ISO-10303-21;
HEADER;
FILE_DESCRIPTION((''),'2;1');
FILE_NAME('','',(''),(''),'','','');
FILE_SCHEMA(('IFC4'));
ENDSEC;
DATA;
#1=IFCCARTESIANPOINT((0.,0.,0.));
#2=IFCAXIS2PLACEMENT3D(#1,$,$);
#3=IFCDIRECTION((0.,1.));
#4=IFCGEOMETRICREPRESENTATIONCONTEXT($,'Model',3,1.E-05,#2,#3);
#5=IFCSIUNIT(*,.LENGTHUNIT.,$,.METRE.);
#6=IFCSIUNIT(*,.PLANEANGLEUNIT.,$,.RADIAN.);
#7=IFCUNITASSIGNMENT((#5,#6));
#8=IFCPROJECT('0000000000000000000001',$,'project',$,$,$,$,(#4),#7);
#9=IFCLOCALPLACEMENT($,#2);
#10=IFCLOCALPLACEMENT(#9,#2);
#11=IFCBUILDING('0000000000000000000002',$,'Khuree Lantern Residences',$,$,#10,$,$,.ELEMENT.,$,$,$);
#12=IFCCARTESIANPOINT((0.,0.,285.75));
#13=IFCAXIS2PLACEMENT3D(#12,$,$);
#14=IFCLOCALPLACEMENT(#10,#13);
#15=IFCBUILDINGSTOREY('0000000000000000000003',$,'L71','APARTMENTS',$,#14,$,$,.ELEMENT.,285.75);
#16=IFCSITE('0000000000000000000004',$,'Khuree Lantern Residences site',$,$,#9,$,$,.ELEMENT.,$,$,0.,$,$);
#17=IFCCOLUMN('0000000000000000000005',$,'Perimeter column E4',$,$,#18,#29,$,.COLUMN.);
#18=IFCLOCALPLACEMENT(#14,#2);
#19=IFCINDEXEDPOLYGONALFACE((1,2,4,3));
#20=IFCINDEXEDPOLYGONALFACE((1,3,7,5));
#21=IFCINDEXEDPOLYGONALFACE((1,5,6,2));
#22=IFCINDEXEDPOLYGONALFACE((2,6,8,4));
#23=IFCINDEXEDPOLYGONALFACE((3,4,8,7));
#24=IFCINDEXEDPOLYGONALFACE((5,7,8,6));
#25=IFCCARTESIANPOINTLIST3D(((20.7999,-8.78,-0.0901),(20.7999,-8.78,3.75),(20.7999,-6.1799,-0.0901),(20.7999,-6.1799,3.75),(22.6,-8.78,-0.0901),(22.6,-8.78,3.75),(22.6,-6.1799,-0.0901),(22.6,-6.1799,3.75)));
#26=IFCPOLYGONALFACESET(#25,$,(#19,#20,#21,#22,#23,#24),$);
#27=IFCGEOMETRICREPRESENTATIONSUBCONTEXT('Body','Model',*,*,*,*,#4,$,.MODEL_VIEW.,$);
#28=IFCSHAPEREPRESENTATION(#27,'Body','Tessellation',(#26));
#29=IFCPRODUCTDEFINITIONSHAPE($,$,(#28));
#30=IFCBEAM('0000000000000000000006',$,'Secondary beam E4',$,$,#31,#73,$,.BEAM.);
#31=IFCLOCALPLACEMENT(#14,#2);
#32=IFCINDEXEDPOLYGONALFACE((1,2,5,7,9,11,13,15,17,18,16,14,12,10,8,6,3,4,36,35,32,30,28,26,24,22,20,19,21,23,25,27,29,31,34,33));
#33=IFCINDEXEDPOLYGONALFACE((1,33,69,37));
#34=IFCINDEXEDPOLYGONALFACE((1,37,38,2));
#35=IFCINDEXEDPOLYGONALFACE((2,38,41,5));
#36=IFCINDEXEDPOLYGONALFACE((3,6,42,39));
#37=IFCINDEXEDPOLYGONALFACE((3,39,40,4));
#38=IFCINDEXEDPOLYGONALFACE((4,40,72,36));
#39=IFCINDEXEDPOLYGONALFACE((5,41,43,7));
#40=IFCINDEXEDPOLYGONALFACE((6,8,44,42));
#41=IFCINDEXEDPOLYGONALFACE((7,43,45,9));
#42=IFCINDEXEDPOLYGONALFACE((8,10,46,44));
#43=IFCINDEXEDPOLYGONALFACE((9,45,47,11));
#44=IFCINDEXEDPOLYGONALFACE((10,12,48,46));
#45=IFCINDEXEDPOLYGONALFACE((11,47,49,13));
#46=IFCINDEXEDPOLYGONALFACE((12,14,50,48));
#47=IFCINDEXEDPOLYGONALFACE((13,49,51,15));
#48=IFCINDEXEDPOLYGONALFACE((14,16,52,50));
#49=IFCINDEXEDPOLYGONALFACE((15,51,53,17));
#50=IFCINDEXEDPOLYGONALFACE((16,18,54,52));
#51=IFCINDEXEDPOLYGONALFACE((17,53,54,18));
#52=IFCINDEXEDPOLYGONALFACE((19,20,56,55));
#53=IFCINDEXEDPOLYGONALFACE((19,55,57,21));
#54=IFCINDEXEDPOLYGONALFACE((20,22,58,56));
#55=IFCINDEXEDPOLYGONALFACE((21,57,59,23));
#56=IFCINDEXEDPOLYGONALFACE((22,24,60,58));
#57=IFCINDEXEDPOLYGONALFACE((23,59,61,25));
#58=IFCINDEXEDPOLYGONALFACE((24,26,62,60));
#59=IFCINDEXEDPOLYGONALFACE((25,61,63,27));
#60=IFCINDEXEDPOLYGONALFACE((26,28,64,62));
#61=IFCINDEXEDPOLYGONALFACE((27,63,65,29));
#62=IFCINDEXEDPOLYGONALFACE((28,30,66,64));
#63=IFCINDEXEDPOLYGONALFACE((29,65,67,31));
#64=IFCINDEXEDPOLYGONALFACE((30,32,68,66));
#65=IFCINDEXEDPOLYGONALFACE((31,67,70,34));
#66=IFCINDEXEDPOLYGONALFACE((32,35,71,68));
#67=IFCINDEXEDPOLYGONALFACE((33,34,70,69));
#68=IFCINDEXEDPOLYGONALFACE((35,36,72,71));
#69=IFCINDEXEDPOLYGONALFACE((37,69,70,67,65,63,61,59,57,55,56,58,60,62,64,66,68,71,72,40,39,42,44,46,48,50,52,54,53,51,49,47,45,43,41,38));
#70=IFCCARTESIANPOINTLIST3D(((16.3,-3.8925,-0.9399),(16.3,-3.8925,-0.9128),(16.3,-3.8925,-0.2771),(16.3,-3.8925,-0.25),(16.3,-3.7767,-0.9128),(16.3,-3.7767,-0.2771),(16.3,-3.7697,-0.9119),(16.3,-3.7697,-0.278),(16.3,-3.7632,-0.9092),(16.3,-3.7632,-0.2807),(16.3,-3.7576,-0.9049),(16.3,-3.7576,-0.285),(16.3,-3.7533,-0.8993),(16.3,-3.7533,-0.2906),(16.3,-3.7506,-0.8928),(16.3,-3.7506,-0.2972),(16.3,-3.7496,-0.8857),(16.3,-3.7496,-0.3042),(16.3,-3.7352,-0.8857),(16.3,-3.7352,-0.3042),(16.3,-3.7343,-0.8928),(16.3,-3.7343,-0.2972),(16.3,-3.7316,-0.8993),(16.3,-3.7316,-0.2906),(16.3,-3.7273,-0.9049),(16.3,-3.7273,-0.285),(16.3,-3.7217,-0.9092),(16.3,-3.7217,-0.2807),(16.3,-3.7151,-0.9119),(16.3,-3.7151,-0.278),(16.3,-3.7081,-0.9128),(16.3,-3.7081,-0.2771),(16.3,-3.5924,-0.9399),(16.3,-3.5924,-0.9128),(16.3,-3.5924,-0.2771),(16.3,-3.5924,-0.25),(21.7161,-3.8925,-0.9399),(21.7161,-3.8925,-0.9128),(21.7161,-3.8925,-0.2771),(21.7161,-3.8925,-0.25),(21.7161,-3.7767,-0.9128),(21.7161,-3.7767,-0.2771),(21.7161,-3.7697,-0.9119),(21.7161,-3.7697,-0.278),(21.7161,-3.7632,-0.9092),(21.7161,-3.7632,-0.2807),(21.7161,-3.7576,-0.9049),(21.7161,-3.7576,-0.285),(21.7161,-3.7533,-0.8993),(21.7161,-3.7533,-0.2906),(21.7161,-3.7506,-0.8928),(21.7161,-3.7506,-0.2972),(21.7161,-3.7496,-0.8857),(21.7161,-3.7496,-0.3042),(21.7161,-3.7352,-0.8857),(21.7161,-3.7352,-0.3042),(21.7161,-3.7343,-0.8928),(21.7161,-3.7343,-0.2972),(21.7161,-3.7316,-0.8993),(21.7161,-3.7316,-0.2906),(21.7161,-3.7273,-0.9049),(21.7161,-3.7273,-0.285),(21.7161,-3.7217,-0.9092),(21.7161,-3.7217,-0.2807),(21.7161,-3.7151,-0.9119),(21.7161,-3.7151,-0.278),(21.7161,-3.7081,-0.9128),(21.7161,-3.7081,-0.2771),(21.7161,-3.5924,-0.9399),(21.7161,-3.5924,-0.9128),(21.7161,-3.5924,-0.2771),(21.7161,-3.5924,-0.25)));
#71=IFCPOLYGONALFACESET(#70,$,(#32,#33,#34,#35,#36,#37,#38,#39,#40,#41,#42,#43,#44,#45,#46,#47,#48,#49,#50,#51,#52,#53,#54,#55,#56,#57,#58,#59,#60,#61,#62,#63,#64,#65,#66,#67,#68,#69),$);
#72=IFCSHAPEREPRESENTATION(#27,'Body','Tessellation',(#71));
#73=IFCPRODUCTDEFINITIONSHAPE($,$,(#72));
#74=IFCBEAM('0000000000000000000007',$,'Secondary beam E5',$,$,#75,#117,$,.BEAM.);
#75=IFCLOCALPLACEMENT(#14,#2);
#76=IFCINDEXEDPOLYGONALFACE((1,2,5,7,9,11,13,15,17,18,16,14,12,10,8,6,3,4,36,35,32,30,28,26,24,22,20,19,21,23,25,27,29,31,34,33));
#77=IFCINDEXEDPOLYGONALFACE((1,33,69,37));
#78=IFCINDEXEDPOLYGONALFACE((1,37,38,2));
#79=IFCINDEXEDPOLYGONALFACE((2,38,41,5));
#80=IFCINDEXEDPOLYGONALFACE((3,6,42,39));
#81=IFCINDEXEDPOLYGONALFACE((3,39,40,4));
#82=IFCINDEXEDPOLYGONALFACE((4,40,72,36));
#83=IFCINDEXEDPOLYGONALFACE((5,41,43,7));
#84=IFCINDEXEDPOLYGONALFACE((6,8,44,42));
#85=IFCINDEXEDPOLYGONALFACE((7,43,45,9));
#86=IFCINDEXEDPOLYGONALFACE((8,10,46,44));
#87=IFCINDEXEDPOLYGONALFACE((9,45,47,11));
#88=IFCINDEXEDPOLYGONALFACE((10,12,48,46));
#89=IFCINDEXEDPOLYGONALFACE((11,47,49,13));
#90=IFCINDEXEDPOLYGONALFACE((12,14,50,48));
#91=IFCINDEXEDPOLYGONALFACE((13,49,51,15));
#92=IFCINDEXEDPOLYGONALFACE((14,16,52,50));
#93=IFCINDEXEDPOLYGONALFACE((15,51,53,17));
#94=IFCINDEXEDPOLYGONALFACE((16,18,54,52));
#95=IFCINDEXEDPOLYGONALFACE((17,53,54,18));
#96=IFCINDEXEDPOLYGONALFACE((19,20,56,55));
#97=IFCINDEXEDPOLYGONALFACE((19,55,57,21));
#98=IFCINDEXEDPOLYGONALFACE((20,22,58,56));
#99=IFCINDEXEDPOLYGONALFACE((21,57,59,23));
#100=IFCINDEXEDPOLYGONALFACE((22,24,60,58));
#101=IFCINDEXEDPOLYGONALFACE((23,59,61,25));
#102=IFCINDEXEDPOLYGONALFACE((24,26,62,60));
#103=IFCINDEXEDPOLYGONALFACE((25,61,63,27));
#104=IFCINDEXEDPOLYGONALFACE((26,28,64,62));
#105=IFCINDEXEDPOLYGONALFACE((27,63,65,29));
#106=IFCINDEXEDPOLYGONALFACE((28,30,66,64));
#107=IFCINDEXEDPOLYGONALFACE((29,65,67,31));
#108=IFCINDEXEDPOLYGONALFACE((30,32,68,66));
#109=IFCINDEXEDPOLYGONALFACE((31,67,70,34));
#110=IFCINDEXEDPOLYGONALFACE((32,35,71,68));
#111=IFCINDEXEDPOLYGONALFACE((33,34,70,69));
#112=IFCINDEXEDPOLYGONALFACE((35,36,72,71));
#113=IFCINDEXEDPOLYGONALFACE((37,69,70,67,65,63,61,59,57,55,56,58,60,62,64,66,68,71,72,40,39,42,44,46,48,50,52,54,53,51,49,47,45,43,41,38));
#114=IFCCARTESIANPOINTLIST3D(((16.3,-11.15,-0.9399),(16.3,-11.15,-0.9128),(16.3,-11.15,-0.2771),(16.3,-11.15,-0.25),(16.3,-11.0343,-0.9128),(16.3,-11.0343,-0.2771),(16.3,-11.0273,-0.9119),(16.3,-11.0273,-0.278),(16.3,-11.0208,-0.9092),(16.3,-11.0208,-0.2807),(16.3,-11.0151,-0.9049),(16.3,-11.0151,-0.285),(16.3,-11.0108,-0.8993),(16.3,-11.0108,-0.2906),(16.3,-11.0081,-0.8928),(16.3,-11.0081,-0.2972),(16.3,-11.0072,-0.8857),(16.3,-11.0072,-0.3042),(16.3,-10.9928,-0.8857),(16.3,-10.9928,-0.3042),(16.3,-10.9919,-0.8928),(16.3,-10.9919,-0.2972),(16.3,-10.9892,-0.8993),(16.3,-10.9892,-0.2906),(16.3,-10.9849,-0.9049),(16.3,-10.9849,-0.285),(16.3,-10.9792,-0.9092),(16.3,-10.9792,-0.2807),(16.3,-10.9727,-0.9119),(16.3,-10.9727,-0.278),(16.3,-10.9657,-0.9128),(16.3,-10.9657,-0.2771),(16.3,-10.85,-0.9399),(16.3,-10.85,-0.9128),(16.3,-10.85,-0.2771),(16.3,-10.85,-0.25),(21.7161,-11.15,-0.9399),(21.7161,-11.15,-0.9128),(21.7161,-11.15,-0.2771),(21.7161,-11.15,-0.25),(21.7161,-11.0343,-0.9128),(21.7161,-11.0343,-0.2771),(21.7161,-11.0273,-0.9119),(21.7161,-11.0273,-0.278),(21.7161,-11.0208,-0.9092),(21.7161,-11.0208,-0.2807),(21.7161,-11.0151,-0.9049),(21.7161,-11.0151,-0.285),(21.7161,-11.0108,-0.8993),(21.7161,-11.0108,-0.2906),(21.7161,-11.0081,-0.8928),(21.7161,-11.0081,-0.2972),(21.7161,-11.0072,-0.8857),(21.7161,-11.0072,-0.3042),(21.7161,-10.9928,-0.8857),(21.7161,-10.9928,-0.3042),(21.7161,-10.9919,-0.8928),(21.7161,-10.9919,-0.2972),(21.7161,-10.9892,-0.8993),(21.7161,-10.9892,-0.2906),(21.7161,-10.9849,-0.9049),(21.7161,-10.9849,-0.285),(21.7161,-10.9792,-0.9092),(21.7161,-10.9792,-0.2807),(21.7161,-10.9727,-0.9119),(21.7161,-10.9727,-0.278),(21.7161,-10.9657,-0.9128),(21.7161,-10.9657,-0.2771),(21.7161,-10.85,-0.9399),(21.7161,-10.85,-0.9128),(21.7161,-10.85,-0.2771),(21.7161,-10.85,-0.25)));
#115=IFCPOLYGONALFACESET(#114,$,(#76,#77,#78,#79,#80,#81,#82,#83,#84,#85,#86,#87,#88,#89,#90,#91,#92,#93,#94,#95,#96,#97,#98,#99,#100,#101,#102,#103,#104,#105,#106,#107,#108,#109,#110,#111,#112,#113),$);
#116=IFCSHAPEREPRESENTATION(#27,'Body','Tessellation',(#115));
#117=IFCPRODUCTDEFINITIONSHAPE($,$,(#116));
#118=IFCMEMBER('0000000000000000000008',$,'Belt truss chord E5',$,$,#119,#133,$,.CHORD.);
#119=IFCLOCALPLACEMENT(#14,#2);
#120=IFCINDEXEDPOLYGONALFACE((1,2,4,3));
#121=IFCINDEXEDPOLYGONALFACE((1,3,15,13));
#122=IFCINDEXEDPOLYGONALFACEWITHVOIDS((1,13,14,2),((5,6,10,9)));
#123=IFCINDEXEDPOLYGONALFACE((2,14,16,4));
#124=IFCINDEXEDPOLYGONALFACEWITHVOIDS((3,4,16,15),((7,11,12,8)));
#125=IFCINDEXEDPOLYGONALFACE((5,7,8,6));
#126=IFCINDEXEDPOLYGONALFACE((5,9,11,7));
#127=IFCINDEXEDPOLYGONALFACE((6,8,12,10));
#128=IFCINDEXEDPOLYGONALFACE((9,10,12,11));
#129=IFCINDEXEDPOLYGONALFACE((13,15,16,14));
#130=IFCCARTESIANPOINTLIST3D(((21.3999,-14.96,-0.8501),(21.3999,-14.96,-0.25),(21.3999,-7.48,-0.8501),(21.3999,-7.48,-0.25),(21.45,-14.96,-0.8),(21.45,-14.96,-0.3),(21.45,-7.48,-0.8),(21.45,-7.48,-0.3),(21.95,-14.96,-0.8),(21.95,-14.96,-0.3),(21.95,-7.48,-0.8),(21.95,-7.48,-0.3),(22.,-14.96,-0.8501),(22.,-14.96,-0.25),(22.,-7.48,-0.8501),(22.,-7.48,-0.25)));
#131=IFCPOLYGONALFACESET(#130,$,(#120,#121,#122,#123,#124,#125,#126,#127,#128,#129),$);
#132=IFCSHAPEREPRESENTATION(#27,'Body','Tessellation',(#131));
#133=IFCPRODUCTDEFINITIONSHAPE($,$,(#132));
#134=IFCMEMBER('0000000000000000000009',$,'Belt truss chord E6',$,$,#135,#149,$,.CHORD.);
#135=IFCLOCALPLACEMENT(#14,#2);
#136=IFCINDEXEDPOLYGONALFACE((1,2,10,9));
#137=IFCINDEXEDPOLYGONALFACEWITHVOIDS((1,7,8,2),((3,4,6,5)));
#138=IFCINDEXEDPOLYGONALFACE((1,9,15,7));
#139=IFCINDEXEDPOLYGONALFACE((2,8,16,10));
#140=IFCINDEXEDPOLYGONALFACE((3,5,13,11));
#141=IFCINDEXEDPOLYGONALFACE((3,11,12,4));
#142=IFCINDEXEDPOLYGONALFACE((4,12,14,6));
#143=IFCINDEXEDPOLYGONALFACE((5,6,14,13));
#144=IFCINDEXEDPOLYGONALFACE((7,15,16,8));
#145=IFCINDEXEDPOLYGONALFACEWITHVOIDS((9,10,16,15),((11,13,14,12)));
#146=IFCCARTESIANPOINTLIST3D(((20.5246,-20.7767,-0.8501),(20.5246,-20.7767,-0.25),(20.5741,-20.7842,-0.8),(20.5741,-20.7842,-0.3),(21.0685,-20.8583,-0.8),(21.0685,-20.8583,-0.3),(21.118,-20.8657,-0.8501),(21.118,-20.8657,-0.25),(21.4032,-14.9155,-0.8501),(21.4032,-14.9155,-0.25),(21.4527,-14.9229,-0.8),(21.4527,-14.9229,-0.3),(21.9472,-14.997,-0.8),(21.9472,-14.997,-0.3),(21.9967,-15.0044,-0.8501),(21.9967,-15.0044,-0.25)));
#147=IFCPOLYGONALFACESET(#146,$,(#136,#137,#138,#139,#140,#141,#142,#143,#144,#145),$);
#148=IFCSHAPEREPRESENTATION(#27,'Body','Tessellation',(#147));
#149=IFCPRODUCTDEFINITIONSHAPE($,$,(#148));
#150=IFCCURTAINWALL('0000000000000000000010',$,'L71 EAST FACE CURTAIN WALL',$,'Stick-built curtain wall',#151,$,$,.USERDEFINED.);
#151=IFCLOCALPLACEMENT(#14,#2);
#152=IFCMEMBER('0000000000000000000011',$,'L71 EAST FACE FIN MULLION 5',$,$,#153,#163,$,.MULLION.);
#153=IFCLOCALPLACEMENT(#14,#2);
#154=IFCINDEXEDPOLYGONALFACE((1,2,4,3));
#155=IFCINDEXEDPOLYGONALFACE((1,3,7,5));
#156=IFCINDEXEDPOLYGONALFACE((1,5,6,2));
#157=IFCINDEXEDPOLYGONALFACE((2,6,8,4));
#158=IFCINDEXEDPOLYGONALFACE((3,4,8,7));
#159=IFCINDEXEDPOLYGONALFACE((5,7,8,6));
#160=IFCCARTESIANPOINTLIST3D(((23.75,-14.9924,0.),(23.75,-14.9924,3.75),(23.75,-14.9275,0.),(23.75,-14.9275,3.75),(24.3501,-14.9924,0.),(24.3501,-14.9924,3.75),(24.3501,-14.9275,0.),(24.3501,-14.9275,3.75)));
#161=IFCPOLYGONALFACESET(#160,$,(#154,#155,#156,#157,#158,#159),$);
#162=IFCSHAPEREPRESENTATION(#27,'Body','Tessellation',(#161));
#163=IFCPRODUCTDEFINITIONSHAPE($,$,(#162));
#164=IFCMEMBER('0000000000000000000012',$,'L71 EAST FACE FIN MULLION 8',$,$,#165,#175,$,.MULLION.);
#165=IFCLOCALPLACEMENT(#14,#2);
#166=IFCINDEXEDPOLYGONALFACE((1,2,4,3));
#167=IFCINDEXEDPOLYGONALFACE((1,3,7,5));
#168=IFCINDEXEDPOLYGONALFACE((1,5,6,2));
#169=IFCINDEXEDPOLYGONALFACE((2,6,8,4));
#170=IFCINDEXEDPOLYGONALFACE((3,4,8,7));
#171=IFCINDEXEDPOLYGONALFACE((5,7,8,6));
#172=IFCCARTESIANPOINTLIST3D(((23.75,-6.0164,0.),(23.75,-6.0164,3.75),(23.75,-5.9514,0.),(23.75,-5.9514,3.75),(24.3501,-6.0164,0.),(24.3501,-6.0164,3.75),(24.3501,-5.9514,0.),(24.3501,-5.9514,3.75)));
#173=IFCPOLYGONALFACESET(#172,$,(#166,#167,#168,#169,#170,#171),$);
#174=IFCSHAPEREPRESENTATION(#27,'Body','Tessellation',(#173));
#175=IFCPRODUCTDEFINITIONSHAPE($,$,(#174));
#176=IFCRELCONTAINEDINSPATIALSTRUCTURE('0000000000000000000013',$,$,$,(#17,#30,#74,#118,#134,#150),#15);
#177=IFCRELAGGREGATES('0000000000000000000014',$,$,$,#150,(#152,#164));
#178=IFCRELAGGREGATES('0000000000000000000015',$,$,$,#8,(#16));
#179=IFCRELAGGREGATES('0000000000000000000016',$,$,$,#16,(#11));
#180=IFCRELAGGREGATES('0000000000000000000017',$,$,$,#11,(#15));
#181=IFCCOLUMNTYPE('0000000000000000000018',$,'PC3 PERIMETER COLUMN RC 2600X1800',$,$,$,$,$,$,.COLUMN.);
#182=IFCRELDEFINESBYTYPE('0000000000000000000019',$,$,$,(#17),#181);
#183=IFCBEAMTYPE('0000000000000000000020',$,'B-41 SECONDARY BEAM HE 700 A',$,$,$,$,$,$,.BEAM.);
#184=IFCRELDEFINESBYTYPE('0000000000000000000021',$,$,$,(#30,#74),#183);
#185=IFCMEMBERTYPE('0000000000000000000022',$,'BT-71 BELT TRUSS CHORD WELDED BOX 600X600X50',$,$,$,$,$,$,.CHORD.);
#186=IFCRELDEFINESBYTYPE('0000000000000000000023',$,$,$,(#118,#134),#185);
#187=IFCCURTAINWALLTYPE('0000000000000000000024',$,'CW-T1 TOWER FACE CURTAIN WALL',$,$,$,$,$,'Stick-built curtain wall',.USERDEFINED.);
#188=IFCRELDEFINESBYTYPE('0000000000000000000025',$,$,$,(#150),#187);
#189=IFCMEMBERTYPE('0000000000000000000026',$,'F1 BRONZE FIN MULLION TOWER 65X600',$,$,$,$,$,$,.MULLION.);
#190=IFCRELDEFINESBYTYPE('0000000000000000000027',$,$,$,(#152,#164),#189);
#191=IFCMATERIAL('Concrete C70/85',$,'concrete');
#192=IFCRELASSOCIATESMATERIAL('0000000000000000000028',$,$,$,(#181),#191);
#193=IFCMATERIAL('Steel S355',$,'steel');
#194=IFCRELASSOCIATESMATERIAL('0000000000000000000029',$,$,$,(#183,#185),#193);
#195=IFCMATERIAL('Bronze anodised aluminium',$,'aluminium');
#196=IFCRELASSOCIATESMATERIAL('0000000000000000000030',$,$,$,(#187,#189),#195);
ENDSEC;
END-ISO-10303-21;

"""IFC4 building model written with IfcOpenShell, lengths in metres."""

from ifc_helpers import new_model, si_unit, direction, frame, origin, origin_2d, place, context, subcontext, project, spatial, rectangle, hollow_rectangle, i_section, extrude, material, material_profile, profile_set, type_object, element, aggregate, save


model = new_model("IFC4")

# Units and contexts
model_context = context("Model", 3, precision=1e-05, world=origin(), true_north=direction((0.0, 1.0)))
body_context = subcontext(model_context, "Body", "Model", "MODEL_VIEW")
ifc_project = project(units=[si_unit("LENGTHUNIT", "METRE"), si_unit("PLANEANGLEUNIT", "RADIAN")], contexts=[model_context])

# Site, building, storey
site_placement = place(None, origin())
site = spatial("IfcSite", under=ifc_project, at=site_placement, Name="Khuree Lantern Residences site", CompositionType="ELEMENT", RefElevation=0.0)
building_placement = place(site_placement, origin())
building = spatial("IfcBuilding", under=site, at=building_placement, Name="Khuree Lantern Residences", CompositionType="ELEMENT")
storey_placement = place(building_placement, frame((0.0, 0.0, 285.75)))
storey = spatial("IfcBuildingStorey", under=building, at=storey_placement, Name="L71", Description="APARTMENTS", CompositionType="ELEMENT", Elevation=285.75)

# Column
ifc_material_1 = material(Name="Concrete C70/85", Category="concrete")
ifc_material_profile_1 = material_profile(ifc_material_1, rectangle(XDim=2.6001, YDim=1.8, at=origin_2d()), Name="RC 2600X1800")
ifc_profile_set_1 = profile_set([ifc_material_profile_1], Name="Concrete C70/85")
column_type = type_object("IfcColumnType", Name="PC3 PERIMETER COLUMN RC 2600X1800", PredefinedType="COLUMN", material=ifc_profile_set_1)
column_placement = place(storey_placement, frame((21.7, -7.48, -0.0901), z_axis=(0.0, 0.0, 1.0), x_axis=(0.0, 1.0, 0.0)))
element("IfcColumn", 1, at=column_placement, inside=storey, type_object=column_type, Name="Perimeter column E4", PredefinedType="COLUMN", context=body_context, shape_type="SweptSolid", body=[
    extrude(rectangle(XDim=2.6001, YDim=1.8, at=origin_2d()), origin(), (0.0, 0.0, 1.0), 3.8401),
])

# Beams
ifc_material_2 = material(Name="Steel S355", Category="steel")
ifc_material_profile_2 = material_profile(ifc_material_2, i_section(OverallWidth=0.3, OverallDepth=0.6899, WebThickness=0.0144, FlangeThickness=0.0271, FilletRadius=0.0271, at=origin_2d()), Name="HE 700 A")
ifc_profile_set_2 = profile_set([ifc_material_profile_2], Name="Steel S355")
beam_type_1 = type_object("IfcBeamType", Name="B-41 SECONDARY BEAM HE 700 A", PredefinedType="BEAM", material=ifc_profile_set_2)
for number, where, z_axis, x_axis, name in (
    (2, (21.7161, -3.7424, -0.595), (-1.0, 0.0, 0.0), (0.0, -1.0, 0.0), "Secondary beam E4"),
    (3, (21.7161, -11.0, -0.595), (-1.0, 0.0, 0.0), (0.0, -1.0, 0.0), "Secondary beam E5"),
):
    element("IfcBeam", number, at=place(storey_placement, frame(where, z_axis=z_axis, x_axis=x_axis)), inside=storey, type_object=beam_type_1, Name=name, PredefinedType="BEAM", context=body_context, shape_type="SweptSolid", body=[
        extrude(i_section(OverallWidth=0.3, OverallDepth=0.6899, WebThickness=0.0144, FlangeThickness=0.0271, FilletRadius=0.0271, at=origin_2d()), origin(), (0.0, 0.0, 1.0), 5.416),
    ])

# Members
ifc_material_profile_3 = material_profile(ifc_material_2, hollow_rectangle(XDim=0.6001, YDim=0.6001, WallThickness=0.05, at=origin_2d()), Name="WELDED BOX 600X600X50")
ifc_profile_set_3 = profile_set([ifc_material_profile_3], Name="Steel S355")
member_type_1 = type_object("IfcMemberType", Name="BT-71 BELT TRUSS CHORD WELDED BOX 600X600X50", PredefinedType="CHORD", material=ifc_profile_set_3)
member_1_placement = place(storey_placement, frame((21.7, -7.48, -0.55), z_axis=(0.0, -1.0, 0.0), x_axis=(1.0, 0.0, 0.0)))
element("IfcMember", 4, at=member_1_placement, inside=storey, type_object=member_type_1, Name="Belt truss chord E5", PredefinedType="CHORD", context=body_context, shape_type="SweptSolid", body=[
    extrude(hollow_rectangle(XDim=0.6001, YDim=0.6001, WallThickness=0.05, at=origin_2d()), origin(), (0.0, 0.0, 1.0), 7.48),
])
member_2_placement = place(storey_placement, frame((21.7, -14.96, -0.55), z_axis=(-0.148252, -0.98895, 0.0), x_axis=(0.98895, -0.148252, 0.0)))
element("IfcMember", 5, at=member_2_placement, inside=storey, type_object=member_type_1, Name="Belt truss chord E6", PredefinedType="CHORD", context=body_context, shape_type="SweptSolid", body=[
    extrude(hollow_rectangle(XDim=0.6001, YDim=0.6001, WallThickness=0.05, at=origin_2d()), origin(), (0.0, 0.0, 1.0), 5.9268),
])

# Curtain wall, members
ifc_material_3 = material(Name="Bronze anodised aluminium", Category="aluminium")
curtain_wall_type = type_object("IfcCurtainWallType", Name="CW-T1 TOWER FACE CURTAIN WALL", ElementType="Stick-built curtain wall", PredefinedType="USERDEFINED", material=ifc_material_3)
curtain_wall_placement = place(storey_placement, origin())
curtain_wall = element("IfcCurtainWall", 6, at=curtain_wall_placement, inside=storey, type_object=curtain_wall_type, Name="L71 EAST FACE CURTAIN WALL", ObjectType="Stick-built curtain wall", PredefinedType="USERDEFINED")
ifc_material_profile_4 = material_profile(ifc_material_3, rectangle(XDim=0.0649, YDim=0.6001, at=origin_2d()), Name="F1 65X600")
ifc_profile_set_4 = profile_set([ifc_material_profile_4], Name="Bronze anodised aluminium")
member_type_2 = type_object("IfcMemberType", Name="F1 BRONZE FIN MULLION TOWER 65X600", PredefinedType="MULLION", material=ifc_profile_set_4)
member_3_placement = place(storey_placement, frame((24.05, -14.96, 0.0), z_axis=(0.0, 0.0, 1.0), x_axis=(0.0, 1.0, 0.0)))
member_3 = element("IfcMember", 7, at=member_3_placement, type_object=member_type_2, Name="L71 EAST FACE FIN MULLION 5", PredefinedType="MULLION", context=body_context, shape_type="SweptSolid", body=[
    extrude(rectangle(XDim=0.0649, YDim=0.6001, at=origin_2d()), origin(), (0.0, 0.0, 1.0), 3.75),
])
member_4_placement = place(storey_placement, frame((24.05, -5.9839, 0.0), z_axis=(0.0, 0.0, 1.0), x_axis=(0.0, 1.0, 0.0)))
member_4 = element("IfcMember", 8, at=member_4_placement, type_object=member_type_2, Name="L71 EAST FACE FIN MULLION 8", PredefinedType="MULLION", context=body_context, shape_type="SweptSolid", body=[
    extrude(rectangle(XDim=0.0649, YDim=0.6001, at=origin_2d()), origin(), (0.0, 0.0, 1.0), 3.75),
])

aggregate(curtain_wall, [member_3, member_4])

save(model, "model.ifc")
